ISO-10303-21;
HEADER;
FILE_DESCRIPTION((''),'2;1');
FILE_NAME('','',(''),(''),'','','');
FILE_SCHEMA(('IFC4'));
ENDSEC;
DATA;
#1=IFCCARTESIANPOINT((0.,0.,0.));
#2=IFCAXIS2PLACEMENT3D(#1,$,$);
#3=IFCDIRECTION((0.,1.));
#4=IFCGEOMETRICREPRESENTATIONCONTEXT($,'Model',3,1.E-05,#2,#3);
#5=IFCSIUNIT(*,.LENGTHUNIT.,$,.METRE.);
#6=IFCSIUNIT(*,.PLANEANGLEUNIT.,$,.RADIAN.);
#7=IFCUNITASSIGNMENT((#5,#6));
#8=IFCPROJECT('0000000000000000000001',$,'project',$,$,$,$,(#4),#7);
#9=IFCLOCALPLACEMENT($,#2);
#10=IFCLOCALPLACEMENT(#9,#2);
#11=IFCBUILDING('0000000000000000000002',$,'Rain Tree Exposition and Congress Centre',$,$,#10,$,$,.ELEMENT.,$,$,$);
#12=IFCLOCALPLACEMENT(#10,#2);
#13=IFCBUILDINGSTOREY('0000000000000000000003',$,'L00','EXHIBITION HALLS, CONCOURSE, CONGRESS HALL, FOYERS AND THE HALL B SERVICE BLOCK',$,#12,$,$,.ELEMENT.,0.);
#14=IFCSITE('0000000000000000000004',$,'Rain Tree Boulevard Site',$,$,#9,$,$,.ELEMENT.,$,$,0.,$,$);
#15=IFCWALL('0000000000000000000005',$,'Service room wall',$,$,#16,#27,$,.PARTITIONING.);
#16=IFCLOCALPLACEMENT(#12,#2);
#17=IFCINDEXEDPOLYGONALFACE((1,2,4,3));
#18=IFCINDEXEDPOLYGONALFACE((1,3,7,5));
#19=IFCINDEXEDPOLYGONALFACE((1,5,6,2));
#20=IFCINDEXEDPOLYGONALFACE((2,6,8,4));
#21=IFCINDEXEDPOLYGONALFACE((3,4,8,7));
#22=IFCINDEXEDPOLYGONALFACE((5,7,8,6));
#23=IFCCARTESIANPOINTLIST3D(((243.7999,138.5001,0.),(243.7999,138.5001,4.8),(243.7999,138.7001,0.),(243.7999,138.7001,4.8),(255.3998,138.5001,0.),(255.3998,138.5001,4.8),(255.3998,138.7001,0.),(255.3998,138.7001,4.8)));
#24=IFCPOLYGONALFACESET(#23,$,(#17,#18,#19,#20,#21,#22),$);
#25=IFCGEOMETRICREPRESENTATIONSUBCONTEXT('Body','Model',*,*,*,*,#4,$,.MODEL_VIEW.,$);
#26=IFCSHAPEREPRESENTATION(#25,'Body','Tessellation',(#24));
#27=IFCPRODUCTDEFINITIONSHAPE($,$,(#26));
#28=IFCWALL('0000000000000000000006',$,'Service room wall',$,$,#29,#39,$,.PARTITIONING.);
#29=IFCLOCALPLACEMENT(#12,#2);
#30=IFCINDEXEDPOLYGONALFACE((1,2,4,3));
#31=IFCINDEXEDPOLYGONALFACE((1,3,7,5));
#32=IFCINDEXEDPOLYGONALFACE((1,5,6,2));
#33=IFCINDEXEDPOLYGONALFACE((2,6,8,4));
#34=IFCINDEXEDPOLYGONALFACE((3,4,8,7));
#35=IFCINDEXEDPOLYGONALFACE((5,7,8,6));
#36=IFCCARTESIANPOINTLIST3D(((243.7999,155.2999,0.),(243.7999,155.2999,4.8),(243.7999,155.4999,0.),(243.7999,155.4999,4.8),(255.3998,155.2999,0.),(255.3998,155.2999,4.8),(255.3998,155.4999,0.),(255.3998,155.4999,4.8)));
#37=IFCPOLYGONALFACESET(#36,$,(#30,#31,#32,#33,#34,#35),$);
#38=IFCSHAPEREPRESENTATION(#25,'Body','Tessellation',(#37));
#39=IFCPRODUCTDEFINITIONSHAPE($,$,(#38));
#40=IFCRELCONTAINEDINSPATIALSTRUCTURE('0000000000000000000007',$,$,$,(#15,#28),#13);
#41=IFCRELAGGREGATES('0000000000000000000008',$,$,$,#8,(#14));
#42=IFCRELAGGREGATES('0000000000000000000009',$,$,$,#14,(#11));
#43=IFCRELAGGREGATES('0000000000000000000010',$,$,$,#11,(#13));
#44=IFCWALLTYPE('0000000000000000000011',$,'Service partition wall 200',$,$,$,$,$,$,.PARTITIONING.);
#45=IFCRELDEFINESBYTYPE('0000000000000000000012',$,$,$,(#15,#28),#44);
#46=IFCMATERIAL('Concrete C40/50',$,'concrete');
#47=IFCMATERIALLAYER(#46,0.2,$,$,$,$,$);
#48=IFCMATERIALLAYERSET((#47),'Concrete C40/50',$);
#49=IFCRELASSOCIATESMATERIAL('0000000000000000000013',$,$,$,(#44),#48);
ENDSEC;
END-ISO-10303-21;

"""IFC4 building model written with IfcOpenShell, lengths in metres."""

from ifc_helpers import new_model, si_unit, direction, frame, frame_2d, origin, place, context, subcontext, project, spatial, rectangle, extrude, material, layer, layer_set, type_object, element, save


model = new_model("IFC4")

# Units and contexts
model_context = context("Model", 3, precision=1e-05, world=origin(), true_north=direction((0.0, 1.0)))
body_context = subcontext(model_context, "Body", "Model", "MODEL_VIEW")
ifc_project = project(units=[si_unit("LENGTHUNIT", "METRE"), si_unit("PLANEANGLEUNIT", "RADIAN")], contexts=[model_context])

# Site, building, storey
site_placement = place(None, origin())
site = spatial("IfcSite", under=ifc_project, at=site_placement, Name="Rain Tree Boulevard Site", CompositionType="ELEMENT", RefElevation=0.0)
building_placement = place(site_placement, origin())
building = spatial("IfcBuilding", under=site, at=building_placement, Name="Rain Tree Exposition and Congress Centre", CompositionType="ELEMENT")
storey_placement = place(building_placement, origin())
storey = spatial("IfcBuildingStorey", under=building, at=storey_placement, Name="L00", Description="EXHIBITION HALLS, CONCOURSE, CONGRESS HALL, FOYERS AND THE HALL B SERVICE BLOCK", CompositionType="ELEMENT", Elevation=0.0)

# Walls
ifc_material_1 = material(Name="Concrete C40/50", Category="concrete")
ifc_layer_1 = layer(ifc_material_1, 0.2)
ifc_layer_set_1 = layer_set([ifc_layer_1], Name="Concrete C40/50")
wall_type_1 = type_object("IfcWallType", Name="Service partition wall 200", PredefinedType="PARTITIONING", material=ifc_layer_set_1)
for number, where, z_axis, x_axis, name in (
    (1, (243.8, 138.6001, 0.0), (0.0, 0.0, 1.0), (1.0, 0.0, 0.0), "Service room wall"),
    (2, (243.8, 155.3999, 0.0), (0.0, 0.0, 1.0), (1.0, 0.0, 0.0), "Service room wall"),
):
    element("IfcWall", number, at=place(storey_placement, frame(where, z_axis=z_axis, x_axis=x_axis)), inside=storey, type_object=wall_type_1, Name=name, PredefinedType="PARTITIONING", context=body_context, shape_type="SweptSolid", body=[
        extrude(rectangle(XDim=11.5999, YDim=0.2, at=frame_2d((5.7998, 0.0))), origin(), (0.0, 0.0, 1.0), 4.8),
    ])

save(model, "model.ifc")
